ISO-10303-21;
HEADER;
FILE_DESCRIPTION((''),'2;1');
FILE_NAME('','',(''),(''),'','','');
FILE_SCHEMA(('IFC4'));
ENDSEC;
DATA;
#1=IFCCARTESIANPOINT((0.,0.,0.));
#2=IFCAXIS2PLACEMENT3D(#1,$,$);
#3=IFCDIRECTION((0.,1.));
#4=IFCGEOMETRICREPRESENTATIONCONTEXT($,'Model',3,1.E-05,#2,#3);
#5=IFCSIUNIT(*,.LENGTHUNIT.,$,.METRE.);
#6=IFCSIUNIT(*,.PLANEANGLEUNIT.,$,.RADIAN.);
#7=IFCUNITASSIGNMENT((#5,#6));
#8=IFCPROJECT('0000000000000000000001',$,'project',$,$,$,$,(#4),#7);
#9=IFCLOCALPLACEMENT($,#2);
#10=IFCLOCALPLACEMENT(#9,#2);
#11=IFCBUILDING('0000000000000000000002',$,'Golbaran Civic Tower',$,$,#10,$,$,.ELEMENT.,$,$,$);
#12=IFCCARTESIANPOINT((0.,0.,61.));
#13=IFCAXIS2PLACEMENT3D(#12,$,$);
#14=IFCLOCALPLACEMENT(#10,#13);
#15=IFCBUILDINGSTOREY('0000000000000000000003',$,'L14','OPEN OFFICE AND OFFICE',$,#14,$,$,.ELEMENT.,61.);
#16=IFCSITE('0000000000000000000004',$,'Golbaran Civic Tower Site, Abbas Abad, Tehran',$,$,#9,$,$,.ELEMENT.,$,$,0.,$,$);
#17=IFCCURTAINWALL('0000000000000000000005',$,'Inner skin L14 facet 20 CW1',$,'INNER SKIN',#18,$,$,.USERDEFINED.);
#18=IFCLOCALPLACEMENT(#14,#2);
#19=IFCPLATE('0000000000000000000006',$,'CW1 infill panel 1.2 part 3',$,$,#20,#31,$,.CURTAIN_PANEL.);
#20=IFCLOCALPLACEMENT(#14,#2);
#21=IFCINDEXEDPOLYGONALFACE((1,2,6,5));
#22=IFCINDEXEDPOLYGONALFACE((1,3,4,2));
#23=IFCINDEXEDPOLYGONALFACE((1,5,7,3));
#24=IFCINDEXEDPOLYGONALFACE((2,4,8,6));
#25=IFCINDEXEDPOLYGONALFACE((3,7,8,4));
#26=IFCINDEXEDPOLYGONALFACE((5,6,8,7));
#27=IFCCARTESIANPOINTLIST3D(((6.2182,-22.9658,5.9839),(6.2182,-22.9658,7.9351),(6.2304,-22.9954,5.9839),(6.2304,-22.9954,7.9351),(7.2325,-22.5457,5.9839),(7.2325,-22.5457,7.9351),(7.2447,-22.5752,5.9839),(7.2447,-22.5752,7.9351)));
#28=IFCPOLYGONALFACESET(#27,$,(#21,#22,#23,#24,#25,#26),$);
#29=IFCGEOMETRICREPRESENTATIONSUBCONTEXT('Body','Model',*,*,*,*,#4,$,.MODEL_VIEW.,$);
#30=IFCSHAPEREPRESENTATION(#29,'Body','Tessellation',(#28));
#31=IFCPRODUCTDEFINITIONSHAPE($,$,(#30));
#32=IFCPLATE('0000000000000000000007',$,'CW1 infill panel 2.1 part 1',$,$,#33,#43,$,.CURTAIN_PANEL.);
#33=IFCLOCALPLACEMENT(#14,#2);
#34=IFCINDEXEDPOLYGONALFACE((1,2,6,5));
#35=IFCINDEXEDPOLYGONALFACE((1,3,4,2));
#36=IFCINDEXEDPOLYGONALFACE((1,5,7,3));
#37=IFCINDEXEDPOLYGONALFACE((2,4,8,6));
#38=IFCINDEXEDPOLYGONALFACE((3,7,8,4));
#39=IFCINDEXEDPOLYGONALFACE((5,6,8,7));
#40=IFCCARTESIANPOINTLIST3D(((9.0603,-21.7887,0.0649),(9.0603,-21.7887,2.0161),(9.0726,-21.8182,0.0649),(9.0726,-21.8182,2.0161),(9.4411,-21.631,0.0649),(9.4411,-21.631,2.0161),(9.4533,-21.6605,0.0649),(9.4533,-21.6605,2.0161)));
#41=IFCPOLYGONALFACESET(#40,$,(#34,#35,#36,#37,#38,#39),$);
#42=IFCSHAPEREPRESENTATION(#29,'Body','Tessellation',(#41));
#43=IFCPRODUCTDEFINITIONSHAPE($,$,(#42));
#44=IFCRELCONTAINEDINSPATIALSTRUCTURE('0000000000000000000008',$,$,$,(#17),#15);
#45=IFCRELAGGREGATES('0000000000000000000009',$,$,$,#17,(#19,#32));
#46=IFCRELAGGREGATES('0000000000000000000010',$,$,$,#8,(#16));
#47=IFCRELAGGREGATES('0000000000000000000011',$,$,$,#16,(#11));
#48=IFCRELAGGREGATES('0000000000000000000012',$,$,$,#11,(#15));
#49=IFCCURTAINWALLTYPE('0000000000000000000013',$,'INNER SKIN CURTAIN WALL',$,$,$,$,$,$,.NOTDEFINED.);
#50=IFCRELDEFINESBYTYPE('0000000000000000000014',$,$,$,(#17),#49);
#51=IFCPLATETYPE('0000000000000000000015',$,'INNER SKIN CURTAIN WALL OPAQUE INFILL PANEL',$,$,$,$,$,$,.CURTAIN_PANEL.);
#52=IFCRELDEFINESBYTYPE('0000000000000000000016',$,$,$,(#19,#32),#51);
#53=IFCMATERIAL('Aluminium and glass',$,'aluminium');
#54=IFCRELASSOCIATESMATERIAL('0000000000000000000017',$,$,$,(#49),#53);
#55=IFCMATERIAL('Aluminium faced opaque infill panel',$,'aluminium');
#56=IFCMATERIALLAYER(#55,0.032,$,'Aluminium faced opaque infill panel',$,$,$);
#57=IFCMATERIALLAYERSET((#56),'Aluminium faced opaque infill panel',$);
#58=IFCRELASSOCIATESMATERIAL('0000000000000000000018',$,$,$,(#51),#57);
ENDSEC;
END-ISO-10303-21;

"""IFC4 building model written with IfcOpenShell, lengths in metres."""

from ifc_helpers import new_model, si_unit, direction, frame, origin, origin_2d, place, context, subcontext, project, spatial, rectangle, extrude, material, layer, layer_set, type_object, element, aggregate, save


model = new_model("IFC4")

# Units and contexts
model_context = context("Model", 3, precision=1e-05, world=origin(), true_north=direction((0.0, 1.0)))
body_context = subcontext(model_context, "Body", "Model", "MODEL_VIEW")
ifc_project = project(units=[si_unit("LENGTHUNIT", "METRE"), si_unit("PLANEANGLEUNIT", "RADIAN")], contexts=[model_context])

# Site, building, storey
site_placement = place(None, origin())
site = spatial("IfcSite", under=ifc_project, at=site_placement, Name="Golbaran Civic Tower Site, Abbas Abad, Tehran", CompositionType="ELEMENT", RefElevation=0.0)
building_placement = place(site_placement, origin())
building = spatial("IfcBuilding", under=site, at=building_placement, Name="Golbaran Civic Tower", CompositionType="ELEMENT")
storey_placement = place(building_placement, frame((0.0, 0.0, 61.0)))
storey = spatial("IfcBuildingStorey", under=building, at=storey_placement, Name="L14", Description="OPEN OFFICE AND OFFICE", CompositionType="ELEMENT", Elevation=61.0)

# Curtain wall
ifc_material_1 = material(Name="Aluminium and glass", Category="aluminium")
curtain_wall_type = type_object("IfcCurtainWallType", Name="INNER SKIN CURTAIN WALL", PredefinedType="NOTDEFINED", material=ifc_material_1)
curtain_wall_1_placement = place(storey_placement, origin())
curtain_wall_1 = element("IfcCurtainWall", 1, at=curtain_wall_1_placement, inside=storey, type_object=curtain_wall_type, Name="Inner skin L14 facet 20 CW1", ObjectType="INNER SKIN", PredefinedType="USERDEFINED")

# Plates
ifc_material_2 = material(Name="Aluminium faced opaque infill panel", Category="aluminium")
ifc_layer_1 = layer(ifc_material_2, 0.032, Name="Aluminium faced opaque infill panel")
ifc_layer_set_1 = layer_set([ifc_layer_1], Name="Aluminium faced opaque infill panel")
plate_type_1 = type_object("IfcPlateType", Name="INNER SKIN CURTAIN WALL OPAQUE INFILL PANEL", PredefinedType="CURTAIN_PANEL", material=ifc_layer_set_1)
plate_1_placement = place(storey_placement, frame((6.7314, -22.7705, 5.9839), z_axis=(0.0, 0.0, 1.0), x_axis=(0.92388, 0.382683, 0.0)))
plate_1 = element("IfcPlate", 2, at=plate_1_placement, type_object=plate_type_1, Name="CW1 infill panel 1.2 part 3", PredefinedType="CURTAIN_PANEL", context=body_context, shape_type="SweptSolid", body=[
    extrude(rectangle(XDim=1.0979, YDim=0.032, at=origin_2d()), origin(), (0.0, 0.0, 1.0), 1.9512),
])
plate_2_placement = place(storey_placement, frame((9.2568, -21.7246, 0.0649), z_axis=(0.0, 0.0, 1.0), x_axis=(0.92388, 0.382683, 0.0)))
plate_2 = element("IfcPlate", 3, at=plate_2_placement, type_object=plate_type_1, Name="CW1 infill panel 2.1 part 1", PredefinedType="CURTAIN_PANEL", context=body_context, shape_type="SweptSolid", body=[
    extrude(rectangle(XDim=0.4121, YDim=0.032, at=origin_2d()), origin(), (0.0, 0.0, 1.0), 1.9512),
])
aggregate(curtain_wall_1, [plate_1, plate_2])

save(model, "model.ifc")
